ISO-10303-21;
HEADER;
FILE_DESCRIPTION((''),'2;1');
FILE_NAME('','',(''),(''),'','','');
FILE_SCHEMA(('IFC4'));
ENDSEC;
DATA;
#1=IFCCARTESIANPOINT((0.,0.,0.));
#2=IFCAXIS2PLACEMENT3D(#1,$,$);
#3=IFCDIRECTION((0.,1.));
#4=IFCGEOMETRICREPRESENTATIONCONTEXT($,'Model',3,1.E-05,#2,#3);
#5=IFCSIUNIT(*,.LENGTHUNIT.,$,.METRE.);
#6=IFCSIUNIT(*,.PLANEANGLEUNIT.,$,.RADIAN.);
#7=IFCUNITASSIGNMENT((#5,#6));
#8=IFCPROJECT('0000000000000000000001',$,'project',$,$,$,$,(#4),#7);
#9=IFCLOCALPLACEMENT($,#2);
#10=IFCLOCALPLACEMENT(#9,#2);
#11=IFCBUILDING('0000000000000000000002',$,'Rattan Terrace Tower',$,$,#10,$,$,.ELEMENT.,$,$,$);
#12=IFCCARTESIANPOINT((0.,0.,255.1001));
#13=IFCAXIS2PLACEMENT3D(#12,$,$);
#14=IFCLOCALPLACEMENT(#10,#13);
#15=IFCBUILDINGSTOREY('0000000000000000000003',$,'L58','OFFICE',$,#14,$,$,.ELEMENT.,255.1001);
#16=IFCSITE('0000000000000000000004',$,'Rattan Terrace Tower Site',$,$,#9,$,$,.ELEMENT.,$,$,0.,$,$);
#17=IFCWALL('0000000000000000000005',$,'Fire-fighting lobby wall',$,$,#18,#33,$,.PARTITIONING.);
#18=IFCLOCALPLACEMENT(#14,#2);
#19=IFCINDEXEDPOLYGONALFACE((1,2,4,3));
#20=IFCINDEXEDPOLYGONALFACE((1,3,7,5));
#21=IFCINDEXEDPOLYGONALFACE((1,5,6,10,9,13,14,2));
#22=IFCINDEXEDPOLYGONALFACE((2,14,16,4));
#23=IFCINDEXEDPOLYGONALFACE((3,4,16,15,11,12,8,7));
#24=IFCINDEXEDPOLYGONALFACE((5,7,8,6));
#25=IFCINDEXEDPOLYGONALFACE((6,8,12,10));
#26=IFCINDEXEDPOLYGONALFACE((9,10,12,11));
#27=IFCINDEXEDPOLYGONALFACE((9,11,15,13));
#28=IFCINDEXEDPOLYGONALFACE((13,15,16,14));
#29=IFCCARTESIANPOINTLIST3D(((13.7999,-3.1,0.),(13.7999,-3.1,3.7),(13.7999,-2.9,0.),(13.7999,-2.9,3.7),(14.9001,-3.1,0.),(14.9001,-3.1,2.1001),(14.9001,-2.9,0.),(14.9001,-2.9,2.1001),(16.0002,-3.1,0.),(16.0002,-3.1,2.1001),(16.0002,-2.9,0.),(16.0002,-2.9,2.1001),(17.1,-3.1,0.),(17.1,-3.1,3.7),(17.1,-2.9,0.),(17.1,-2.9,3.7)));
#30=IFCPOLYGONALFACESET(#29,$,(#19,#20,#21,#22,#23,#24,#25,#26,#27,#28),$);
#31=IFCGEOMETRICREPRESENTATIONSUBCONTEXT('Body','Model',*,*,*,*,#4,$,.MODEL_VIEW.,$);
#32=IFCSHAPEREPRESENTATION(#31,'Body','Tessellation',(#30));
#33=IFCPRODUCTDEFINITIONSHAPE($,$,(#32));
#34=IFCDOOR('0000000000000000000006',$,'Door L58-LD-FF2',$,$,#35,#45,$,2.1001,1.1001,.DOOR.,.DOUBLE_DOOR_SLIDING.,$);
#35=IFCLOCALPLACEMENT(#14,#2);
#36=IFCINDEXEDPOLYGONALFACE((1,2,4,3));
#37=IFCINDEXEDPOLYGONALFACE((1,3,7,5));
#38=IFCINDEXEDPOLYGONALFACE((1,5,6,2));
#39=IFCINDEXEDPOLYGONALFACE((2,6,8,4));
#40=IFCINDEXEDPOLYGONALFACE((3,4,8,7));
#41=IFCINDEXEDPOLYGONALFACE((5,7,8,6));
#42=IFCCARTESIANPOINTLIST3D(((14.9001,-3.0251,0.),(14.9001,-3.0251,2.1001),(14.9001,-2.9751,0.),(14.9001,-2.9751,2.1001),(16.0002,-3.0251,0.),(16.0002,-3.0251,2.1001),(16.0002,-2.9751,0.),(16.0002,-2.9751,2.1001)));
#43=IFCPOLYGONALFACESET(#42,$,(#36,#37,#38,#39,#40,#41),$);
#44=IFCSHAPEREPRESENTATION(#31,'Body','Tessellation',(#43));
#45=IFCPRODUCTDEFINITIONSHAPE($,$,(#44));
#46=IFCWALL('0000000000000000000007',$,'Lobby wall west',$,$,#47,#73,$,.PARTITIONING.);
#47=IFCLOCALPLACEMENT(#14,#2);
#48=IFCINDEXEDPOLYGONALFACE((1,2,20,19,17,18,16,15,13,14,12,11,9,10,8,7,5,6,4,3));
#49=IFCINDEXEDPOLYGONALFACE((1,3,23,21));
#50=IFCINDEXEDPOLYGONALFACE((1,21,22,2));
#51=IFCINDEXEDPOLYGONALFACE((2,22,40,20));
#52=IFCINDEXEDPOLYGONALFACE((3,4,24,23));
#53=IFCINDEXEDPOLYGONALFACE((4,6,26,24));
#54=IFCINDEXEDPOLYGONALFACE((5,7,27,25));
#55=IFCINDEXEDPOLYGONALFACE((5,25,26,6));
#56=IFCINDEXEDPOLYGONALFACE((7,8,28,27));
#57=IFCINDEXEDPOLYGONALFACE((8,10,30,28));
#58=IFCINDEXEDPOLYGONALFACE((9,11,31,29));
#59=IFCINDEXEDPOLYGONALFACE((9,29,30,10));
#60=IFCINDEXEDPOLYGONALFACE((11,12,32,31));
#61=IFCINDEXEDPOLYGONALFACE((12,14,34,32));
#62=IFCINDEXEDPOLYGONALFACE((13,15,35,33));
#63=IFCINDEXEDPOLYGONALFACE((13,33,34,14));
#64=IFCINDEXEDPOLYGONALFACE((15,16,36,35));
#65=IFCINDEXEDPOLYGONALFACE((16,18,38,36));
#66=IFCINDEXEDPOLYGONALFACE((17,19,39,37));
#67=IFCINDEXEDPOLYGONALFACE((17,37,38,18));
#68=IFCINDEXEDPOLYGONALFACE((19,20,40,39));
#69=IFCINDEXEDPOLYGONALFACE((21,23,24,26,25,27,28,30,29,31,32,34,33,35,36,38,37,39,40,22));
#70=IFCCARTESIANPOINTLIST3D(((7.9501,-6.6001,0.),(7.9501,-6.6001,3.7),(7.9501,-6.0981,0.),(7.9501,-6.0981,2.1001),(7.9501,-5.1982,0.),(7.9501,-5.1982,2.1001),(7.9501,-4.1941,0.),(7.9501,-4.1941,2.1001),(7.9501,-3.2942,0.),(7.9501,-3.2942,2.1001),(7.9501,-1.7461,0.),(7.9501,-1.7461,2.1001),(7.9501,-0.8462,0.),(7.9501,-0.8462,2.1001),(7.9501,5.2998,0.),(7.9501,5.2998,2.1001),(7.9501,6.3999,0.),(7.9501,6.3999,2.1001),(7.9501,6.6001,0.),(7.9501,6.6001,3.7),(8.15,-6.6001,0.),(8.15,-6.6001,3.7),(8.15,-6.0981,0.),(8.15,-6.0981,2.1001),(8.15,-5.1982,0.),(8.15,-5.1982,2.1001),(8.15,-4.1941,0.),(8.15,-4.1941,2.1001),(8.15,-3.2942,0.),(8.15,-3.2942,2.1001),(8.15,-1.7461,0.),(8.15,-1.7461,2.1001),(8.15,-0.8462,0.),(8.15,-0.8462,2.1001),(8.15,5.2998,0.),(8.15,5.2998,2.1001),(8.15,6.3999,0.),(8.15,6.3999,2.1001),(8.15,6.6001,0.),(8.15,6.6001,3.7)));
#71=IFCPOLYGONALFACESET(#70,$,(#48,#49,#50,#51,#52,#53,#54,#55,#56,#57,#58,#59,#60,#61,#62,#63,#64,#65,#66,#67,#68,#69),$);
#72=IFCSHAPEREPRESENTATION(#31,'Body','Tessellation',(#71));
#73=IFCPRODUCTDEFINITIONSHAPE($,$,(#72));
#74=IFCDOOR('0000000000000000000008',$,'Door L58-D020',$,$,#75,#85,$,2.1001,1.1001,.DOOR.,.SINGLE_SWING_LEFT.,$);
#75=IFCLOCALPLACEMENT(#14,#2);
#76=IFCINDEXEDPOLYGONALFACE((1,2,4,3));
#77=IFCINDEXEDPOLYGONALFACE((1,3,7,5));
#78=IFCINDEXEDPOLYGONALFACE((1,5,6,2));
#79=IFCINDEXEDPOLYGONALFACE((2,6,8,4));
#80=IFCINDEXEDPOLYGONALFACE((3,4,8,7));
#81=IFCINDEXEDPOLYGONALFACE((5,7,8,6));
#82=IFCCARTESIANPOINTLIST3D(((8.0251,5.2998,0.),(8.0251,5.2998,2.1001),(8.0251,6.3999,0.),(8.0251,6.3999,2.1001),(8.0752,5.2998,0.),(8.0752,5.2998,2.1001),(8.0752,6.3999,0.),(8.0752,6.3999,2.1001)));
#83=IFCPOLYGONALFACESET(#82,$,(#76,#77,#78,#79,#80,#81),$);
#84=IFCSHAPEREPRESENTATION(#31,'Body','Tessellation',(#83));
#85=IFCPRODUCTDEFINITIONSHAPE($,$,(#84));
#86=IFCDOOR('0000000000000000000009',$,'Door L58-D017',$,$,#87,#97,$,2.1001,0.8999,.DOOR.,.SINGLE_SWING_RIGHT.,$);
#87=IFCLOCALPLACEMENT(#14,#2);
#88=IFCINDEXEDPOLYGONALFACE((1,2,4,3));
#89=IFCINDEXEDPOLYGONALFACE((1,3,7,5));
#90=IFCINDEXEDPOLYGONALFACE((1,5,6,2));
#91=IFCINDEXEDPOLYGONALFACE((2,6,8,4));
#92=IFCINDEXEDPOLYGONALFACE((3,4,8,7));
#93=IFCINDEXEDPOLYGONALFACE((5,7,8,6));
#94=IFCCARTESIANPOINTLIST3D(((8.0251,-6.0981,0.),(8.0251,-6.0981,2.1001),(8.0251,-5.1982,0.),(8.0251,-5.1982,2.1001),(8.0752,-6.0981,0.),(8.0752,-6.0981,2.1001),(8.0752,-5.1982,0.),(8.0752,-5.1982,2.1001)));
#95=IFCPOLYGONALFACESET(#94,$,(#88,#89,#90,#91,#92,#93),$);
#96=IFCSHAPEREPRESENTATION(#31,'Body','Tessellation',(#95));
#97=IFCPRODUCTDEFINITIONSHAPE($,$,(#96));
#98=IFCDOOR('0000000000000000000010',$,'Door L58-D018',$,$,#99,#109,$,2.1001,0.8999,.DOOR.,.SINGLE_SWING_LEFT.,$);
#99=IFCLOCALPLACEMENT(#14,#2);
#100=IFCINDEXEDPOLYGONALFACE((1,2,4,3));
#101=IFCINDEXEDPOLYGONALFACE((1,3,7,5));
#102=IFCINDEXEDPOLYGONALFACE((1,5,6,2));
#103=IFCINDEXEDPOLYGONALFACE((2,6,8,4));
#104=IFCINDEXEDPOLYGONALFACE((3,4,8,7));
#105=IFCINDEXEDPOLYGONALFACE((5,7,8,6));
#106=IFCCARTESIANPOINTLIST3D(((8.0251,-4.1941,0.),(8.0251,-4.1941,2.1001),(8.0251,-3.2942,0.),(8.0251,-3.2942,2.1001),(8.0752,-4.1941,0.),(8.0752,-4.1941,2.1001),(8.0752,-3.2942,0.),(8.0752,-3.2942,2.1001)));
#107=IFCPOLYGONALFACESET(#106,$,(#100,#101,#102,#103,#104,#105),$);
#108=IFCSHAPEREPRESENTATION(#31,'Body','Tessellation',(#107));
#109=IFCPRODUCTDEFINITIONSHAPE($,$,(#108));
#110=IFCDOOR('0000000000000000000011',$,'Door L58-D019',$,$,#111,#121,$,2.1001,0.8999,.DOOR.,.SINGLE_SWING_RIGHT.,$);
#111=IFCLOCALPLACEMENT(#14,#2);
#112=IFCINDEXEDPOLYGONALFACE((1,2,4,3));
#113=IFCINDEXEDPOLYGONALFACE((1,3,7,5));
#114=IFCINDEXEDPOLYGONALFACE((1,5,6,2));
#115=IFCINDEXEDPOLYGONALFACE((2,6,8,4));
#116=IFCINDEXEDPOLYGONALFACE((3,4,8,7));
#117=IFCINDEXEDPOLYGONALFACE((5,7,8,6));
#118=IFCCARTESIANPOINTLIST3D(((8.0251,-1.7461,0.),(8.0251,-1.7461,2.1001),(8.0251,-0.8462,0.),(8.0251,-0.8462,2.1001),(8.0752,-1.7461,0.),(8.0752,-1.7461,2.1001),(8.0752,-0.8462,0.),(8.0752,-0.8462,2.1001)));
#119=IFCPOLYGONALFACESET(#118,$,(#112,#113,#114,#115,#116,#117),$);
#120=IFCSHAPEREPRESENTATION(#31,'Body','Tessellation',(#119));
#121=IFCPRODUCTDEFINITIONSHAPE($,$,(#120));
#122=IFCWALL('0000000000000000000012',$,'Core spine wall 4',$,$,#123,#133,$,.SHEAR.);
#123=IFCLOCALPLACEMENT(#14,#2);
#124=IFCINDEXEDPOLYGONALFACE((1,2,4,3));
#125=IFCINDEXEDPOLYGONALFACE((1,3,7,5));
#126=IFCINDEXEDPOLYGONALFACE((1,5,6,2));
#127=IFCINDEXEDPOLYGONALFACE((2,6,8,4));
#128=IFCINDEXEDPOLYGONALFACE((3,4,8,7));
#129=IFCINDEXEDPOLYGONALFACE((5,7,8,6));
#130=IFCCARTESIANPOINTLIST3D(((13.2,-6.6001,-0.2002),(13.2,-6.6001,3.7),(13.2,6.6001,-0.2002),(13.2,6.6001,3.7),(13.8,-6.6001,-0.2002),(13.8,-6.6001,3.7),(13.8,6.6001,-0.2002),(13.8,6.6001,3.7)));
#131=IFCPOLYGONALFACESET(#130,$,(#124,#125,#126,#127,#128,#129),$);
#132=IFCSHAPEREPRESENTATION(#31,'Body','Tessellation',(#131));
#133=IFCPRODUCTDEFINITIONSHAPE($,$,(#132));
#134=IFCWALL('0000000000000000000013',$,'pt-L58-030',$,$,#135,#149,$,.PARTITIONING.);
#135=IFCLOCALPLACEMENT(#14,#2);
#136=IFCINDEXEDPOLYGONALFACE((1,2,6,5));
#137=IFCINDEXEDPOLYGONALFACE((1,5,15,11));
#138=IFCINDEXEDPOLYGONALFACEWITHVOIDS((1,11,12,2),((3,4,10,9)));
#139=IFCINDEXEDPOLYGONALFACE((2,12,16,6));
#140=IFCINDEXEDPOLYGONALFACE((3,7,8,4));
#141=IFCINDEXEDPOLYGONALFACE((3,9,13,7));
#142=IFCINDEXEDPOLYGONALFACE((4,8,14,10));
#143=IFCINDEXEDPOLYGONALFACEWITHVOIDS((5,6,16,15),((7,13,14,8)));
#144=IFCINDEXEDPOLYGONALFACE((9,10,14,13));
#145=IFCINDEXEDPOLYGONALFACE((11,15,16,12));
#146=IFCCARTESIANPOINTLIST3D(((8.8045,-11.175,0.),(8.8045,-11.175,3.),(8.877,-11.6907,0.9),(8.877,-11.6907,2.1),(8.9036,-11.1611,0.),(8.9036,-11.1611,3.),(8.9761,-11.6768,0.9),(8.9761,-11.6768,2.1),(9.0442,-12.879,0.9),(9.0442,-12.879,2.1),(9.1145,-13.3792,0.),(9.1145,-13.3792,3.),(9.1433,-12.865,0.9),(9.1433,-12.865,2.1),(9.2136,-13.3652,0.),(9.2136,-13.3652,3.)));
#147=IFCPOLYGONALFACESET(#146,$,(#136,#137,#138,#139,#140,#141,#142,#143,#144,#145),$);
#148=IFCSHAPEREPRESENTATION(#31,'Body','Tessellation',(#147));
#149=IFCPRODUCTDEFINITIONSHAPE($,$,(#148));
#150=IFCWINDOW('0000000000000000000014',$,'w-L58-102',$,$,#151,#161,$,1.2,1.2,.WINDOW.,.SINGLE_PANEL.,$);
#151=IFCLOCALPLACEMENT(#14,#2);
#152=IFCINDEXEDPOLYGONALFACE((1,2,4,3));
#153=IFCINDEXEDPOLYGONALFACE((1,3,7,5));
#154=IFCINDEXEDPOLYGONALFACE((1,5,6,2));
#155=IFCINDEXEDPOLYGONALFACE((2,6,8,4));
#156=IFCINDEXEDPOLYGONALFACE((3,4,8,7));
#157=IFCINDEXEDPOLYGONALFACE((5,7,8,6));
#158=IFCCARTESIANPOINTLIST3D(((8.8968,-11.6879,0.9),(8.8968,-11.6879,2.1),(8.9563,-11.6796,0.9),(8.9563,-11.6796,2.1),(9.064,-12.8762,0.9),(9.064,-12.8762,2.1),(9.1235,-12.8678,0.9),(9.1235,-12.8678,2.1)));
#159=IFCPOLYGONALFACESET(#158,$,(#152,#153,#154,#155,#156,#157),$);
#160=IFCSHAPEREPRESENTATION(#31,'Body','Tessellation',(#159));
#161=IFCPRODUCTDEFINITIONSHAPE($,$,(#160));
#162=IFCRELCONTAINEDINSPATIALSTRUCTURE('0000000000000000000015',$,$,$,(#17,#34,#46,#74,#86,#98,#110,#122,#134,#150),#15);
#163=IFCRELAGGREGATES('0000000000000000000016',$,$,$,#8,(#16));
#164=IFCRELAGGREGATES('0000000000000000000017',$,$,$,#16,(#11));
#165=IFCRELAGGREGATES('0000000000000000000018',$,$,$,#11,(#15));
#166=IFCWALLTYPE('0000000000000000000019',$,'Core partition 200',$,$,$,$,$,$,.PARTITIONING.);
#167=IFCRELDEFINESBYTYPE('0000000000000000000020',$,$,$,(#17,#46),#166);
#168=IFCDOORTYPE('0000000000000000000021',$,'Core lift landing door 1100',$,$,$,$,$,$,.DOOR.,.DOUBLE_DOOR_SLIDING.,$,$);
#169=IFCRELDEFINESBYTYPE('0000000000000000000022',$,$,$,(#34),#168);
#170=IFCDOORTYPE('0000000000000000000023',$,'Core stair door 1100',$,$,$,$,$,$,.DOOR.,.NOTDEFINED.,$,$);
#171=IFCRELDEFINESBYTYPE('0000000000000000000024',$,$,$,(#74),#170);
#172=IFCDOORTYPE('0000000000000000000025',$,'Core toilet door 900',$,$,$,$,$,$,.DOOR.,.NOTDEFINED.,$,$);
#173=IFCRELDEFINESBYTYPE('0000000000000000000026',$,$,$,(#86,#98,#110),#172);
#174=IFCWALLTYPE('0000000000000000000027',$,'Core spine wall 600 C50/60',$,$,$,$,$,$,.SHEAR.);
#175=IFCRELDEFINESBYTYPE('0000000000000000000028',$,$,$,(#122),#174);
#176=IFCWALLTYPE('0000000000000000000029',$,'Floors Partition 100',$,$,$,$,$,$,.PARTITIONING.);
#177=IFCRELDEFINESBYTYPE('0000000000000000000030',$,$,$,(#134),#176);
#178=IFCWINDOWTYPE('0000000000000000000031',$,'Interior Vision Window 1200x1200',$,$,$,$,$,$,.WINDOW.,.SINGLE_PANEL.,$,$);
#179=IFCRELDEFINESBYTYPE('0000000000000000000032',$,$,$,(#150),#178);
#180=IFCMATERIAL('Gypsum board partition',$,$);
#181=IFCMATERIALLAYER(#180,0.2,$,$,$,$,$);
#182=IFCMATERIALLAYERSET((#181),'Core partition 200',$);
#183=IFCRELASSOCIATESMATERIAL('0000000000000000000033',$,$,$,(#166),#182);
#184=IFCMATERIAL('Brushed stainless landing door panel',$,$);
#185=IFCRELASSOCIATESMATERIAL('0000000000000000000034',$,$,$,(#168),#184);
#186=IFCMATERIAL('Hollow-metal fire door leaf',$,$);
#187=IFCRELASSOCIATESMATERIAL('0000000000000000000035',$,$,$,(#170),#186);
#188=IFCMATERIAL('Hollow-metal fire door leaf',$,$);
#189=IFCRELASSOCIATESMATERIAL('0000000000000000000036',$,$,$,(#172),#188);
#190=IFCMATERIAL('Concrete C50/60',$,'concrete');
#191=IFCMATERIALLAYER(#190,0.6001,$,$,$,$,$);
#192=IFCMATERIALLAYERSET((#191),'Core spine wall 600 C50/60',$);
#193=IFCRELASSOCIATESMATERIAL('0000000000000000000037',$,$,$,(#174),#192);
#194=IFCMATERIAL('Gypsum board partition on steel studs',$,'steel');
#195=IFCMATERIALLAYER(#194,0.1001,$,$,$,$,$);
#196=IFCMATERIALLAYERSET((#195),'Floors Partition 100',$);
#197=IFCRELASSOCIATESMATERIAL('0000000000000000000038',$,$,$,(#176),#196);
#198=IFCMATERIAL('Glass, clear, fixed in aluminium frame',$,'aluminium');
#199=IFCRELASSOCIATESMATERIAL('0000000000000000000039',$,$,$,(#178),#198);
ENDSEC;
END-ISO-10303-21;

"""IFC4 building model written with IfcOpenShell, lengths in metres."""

from ifc_helpers import new_model, si_unit, direction, frame, frame_2d, origin, place, context, subcontext, project, spatial, rectangle, extrude, material, layer, layer_set, type_object, element, fill, save


model = new_model("IFC4")

# Units and contexts
model_context = context("Model", 3, precision=1e-05, world=origin(), true_north=direction((0.0, 1.0)))
body_context = subcontext(model_context, "Body", "Model", "MODEL_VIEW")
ifc_project = project(units=[si_unit("LENGTHUNIT", "METRE"), si_unit("PLANEANGLEUNIT", "RADIAN")], contexts=[model_context])

# Site, building, storey
site_placement = place(None, origin())
site = spatial("IfcSite", under=ifc_project, at=site_placement, Name="Rattan Terrace Tower Site", CompositionType="ELEMENT", RefElevation=0.0)
building_placement = place(site_placement, origin())
building = spatial("IfcBuilding", under=site, at=building_placement, Name="Rattan Terrace Tower", CompositionType="ELEMENT")
storey_placement = place(building_placement, frame((0.0, 0.0, 255.1001)))
storey = spatial("IfcBuildingStorey", under=building, at=storey_placement, Name="L58", Description="OFFICE", CompositionType="ELEMENT", Elevation=255.1001)

# Wall, opening, door
ifc_material_1 = material(Name="Gypsum board partition")
ifc_layer_1 = layer(ifc_material_1, 0.2)
ifc_layer_set_1 = layer_set([ifc_layer_1], Name="Core partition 200")
wall_type_1 = type_object("IfcWallType", Name="Core partition 200", PredefinedType="PARTITIONING", material=ifc_layer_set_1)
wall_1_placement = place(storey_placement, frame((13.8, -3.0, 0.0), z_axis=(0.0, 0.0, 1.0), x_axis=(1.0, 0.0, 0.0)))
wall_1 = element("IfcWall", 1, at=wall_1_placement, inside=storey, type_object=wall_type_1, Name="Fire-fighting lobby wall", PredefinedType="PARTITIONING", context=body_context, shape_type="SweptSolid", body=[
    extrude(rectangle(XDim=3.3, YDim=0.2, at=frame_2d((1.6499, 0.0))), origin(), (0.0, 0.0, 1.0), 3.7),
])
opening_1_placement = place(wall_1_placement, frame((1.1001, 0.0, 0.0)))
opening_1 = element("IfcOpeningElement", 2, at=opening_1_placement, cuts=wall_1, PredefinedType="OPENING", context=body_context, shape_type="SweptSolid", body=[
    extrude(rectangle(XDim=1.1001, YDim=2.1001, at=frame_2d((0.55, 1.05))), frame((0.0, 0.1106, 0.0), z_axis=(0.0, -1.0, 0.0), x_axis=(1.0, 0.0, 0.0)), (0.0, 0.0, 1.0), 0.2209),
])
ifc_material_2 = material(Name="Brushed stainless landing door panel")
door_type_1 = type_object("IfcDoorType", Name="Core lift landing door 1100", OperationType="DOUBLE_DOOR_SLIDING", PredefinedType="DOOR", material=ifc_material_2)
door_1_placement = place(opening_1_placement, origin())
door_1 = element("IfcDoor", 3, at=door_1_placement, inside=storey, type_object=door_type_1, Name="Door L58-LD-FF2", OperationType="DOUBLE_DOOR_SLIDING", OverallHeight=2.1001, OverallWidth=1.1001, PredefinedType="DOOR", context=body_context, shape_type="SweptSolid", body=[
    extrude(rectangle(XDim=1.1001, YDim=2.1001, at=frame_2d((0.55, 1.05))), frame((0.0, 0.0249, 0.0), z_axis=(0.0, -1.0, 0.0), x_axis=(1.0, 0.0, 0.0)), (0.0, 0.0, 1.0), 0.05),
])
fill(opening_1, door_1)

# Wall, openings, doors
wall_2_placement = place(storey_placement, frame((8.05, -6.6001, 0.0), z_axis=(0.0, 0.0, 1.0), x_axis=(0.0, 1.0, 0.0)))
wall_2 = element("IfcWall", 4, at=wall_2_placement, inside=storey, type_object=wall_type_1, Name="Lobby wall west", PredefinedType="PARTITIONING", context=body_context, shape_type="SweptSolid", body=[
    extrude(rectangle(XDim=13.2002, YDim=0.2, at=frame_2d((6.6001, 0.0))), origin(), (0.0, 0.0, 1.0), 3.7),
])
opening_2_placement = place(wall_2_placement, frame((0.502, 0.0, 0.0)))
opening_2 = element("IfcOpeningElement", 5, at=opening_2_placement, cuts=wall_2, PredefinedType="OPENING", context=body_context, shape_type="SweptSolid", body=[
    extrude(rectangle(XDim=0.8999, YDim=2.1001, at=frame_2d((0.45, 1.05))), frame((0.0, 0.1106, 0.0), z_axis=(0.0, -1.0, 0.0), x_axis=(1.0, 0.0, 0.0)), (0.0, 0.0, 1.0), 0.2209),
])
opening_3_placement = place(wall_2_placement, frame((2.406, 0.0, 0.0)))
opening_3 = element("IfcOpeningElement", 6, at=opening_3_placement, cuts=wall_2, PredefinedType="OPENING", context=body_context, shape_type="SweptSolid", body=[
    extrude(rectangle(XDim=0.8999, YDim=2.1001, at=frame_2d((0.45, 1.05))), frame((0.0, 0.1106, 0.0), z_axis=(0.0, -1.0, 0.0), x_axis=(1.0, 0.0, 0.0)), (0.0, 0.0, 1.0), 0.2209),
])
opening_4_placement = place(wall_2_placement, frame((4.854, 0.0, 0.0)))
opening_4 = element("IfcOpeningElement", 7, at=opening_4_placement, cuts=wall_2, PredefinedType="OPENING", context=body_context, shape_type="SweptSolid", body=[
    extrude(rectangle(XDim=0.8999, YDim=2.1001, at=frame_2d((0.45, 1.05))), frame((0.0, 0.1106, 0.0), z_axis=(0.0, -1.0, 0.0), x_axis=(1.0, 0.0, 0.0)), (0.0, 0.0, 1.0), 0.2209),
])
opening_5_placement = place(wall_2_placement, frame((11.8999, 0.0, 0.0)))
opening_5 = element("IfcOpeningElement", 8, at=opening_5_placement, cuts=wall_2, PredefinedType="OPENING", context=body_context, shape_type="SweptSolid", body=[
    extrude(rectangle(XDim=1.1001, YDim=2.1001, at=frame_2d((0.55, 1.05))), frame((0.0, 0.1106, 0.0), z_axis=(0.0, -1.0, 0.0), x_axis=(1.0, 0.0, 0.0)), (0.0, 0.0, 1.0), 0.2209),
])
ifc_material_3 = material(Name="Hollow-metal fire door leaf")
door_type_2 = type_object("IfcDoorType", Name="Core stair door 1100", OperationType="NOTDEFINED", PredefinedType="DOOR", material=ifc_material_3)
door_2_placement = place(opening_5_placement, origin())
door_2 = element("IfcDoor", 9, at=door_2_placement, inside=storey, type_object=door_type_2, Name="Door L58-D020", OperationType="SINGLE_SWING_LEFT", OverallHeight=2.1001, OverallWidth=1.1001, PredefinedType="DOOR", context=body_context, shape_type="SweptSolid", body=[
    extrude(rectangle(XDim=1.1001, YDim=2.1001, at=frame_2d((0.55, 1.05))), frame((0.0, 0.0249, 0.0), z_axis=(0.0, -1.0, 0.0), x_axis=(1.0, 0.0, 0.0)), (0.0, 0.0, 1.0), 0.05),
])
fill(opening_5, door_2)
ifc_material_4 = material(Name="Hollow-metal fire door leaf")
door_type_3 = type_object("IfcDoorType", Name="Core toilet door 900", OperationType="NOTDEFINED", PredefinedType="DOOR", material=ifc_material_4)
door_3_placement = place(opening_2_placement, origin())
door_3 = element("IfcDoor", 10, at=door_3_placement, inside=storey, type_object=door_type_3, Name="Door L58-D017", OperationType="SINGLE_SWING_RIGHT", OverallHeight=2.1001, OverallWidth=0.8999, PredefinedType="DOOR", context=body_context, shape_type="SweptSolid", body=[
    extrude(rectangle(XDim=0.8999, YDim=2.1001, at=frame_2d((0.45, 1.05))), frame((0.0, 0.0249, 0.0), z_axis=(0.0, -1.0, 0.0), x_axis=(1.0, 0.0, 0.0)), (0.0, 0.0, 1.0), 0.05),
])
fill(opening_2, door_3)
door_4_placement = place(opening_3_placement, origin())
door_4 = element("IfcDoor", 11, at=door_4_placement, inside=storey, type_object=door_type_3, Name="Door L58-D018", OperationType="SINGLE_SWING_LEFT", OverallHeight=2.1001, OverallWidth=0.8999, PredefinedType="DOOR", context=body_context, shape_type="SweptSolid", body=[
    extrude(rectangle(XDim=0.8999, YDim=2.1001, at=frame_2d((0.45, 1.05))), frame((0.0, 0.0249, 0.0), z_axis=(0.0, -1.0, 0.0), x_axis=(1.0, 0.0, 0.0)), (0.0, 0.0, 1.0), 0.05),
])
fill(opening_3, door_4)
door_5_placement = place(opening_4_placement, origin())
door_5 = element("IfcDoor", 12, at=door_5_placement, inside=storey, type_object=door_type_3, Name="Door L58-D019", OperationType="SINGLE_SWING_RIGHT", OverallHeight=2.1001, OverallWidth=0.8999, PredefinedType="DOOR", context=body_context, shape_type="SweptSolid", body=[
    extrude(rectangle(XDim=0.8999, YDim=2.1001, at=frame_2d((0.45, 1.05))), frame((0.0, 0.0249, 0.0), z_axis=(0.0, -1.0, 0.0), x_axis=(1.0, 0.0, 0.0)), (0.0, 0.0, 1.0), 0.05),
])
fill(opening_4, door_5)

# Wall
ifc_material_5 = material(Name="Concrete C50/60", Category="concrete")
ifc_layer_2 = layer(ifc_material_5, 0.6001)
ifc_layer_set_2 = layer_set([ifc_layer_2], Name="Core spine wall 600 C50/60")
wall_type_2 = type_object("IfcWallType", Name="Core spine wall 600 C50/60", PredefinedType="SHEAR", material=ifc_layer_set_2)
wall_3_placement = place(storey_placement, frame((13.5, -6.6001, -0.2002), z_axis=(0.0, 0.0, 1.0), x_axis=(0.0, 1.0, 0.0)))
element("IfcWall", 13, at=wall_3_placement, inside=storey, type_object=wall_type_2, Name="Core spine wall 4", PredefinedType="SHEAR", context=body_context, shape_type="SweptSolid", body=[
    extrude(rectangle(XDim=13.2002, YDim=0.6001, at=frame_2d((6.6001, 0.0))), origin(), (0.0, 0.0, 1.0), 3.9001),
])

# Wall, opening, window
ifc_material_6 = material(Name="Gypsum board partition on steel studs", Category="steel")
ifc_layer_3 = layer(ifc_material_6, 0.1001)
ifc_layer_set_3 = layer_set([ifc_layer_3], Name="Floors Partition 100")
wall_type_3 = type_object("IfcWallType", Name="Floors Partition 100", PredefinedType="PARTITIONING", material=ifc_layer_set_3)
wall_4_placement = place(storey_placement, frame((9.1641, -13.3721, 0.0), z_axis=(0.0, 0.0, 1.0), x_axis=(-0.139302, 0.99025, 0.0)))
wall_4 = element("IfcWall", 14, at=wall_4_placement, inside=storey, type_object=wall_type_3, Name="pt-L58-030", PredefinedType="PARTITIONING", context=body_context, shape_type="SweptSolid", body=[
    extrude(rectangle(XDim=2.2258, YDim=0.1001, at=frame_2d((1.1128, 0.0))), origin(), (0.0, 0.0, 1.0), 3.0),
])
opening_6_placement = place(wall_4_placement, frame((0.5049, 0.0, 0.8999)))
opening_6 = element("IfcOpeningElement", 15, at=opening_6_placement, cuts=wall_4, PredefinedType="OPENING", context=body_context, shape_type="SweptSolid", body=[
    extrude(rectangle(XDim=1.2, YDim=1.2, at=frame_2d((0.6001, 0.6001))), frame((0.0, 0.0605, 0.0), z_axis=(0.0, -1.0, 0.0), x_axis=(1.0, 0.0, 0.0)), (0.0, 0.0, 1.0), 0.1211),
])
ifc_material_7 = material(Name="Glass, clear, fixed in aluminium frame", Category="aluminium")
window_type = type_object("IfcWindowType", Name="Interior Vision Window 1200x1200", PartitioningType="SINGLE_PANEL", PredefinedType="WINDOW", material=ifc_material_7)
window_placement = place(opening_6_placement, origin())
window = element("IfcWindow", 16, at=window_placement, inside=storey, type_object=window_type, Name="w-L58-102", OverallHeight=1.2, OverallWidth=1.2, PartitioningType="SINGLE_PANEL", PredefinedType="WINDOW", context=body_context, shape_type="SweptSolid", body=[
    extrude(rectangle(XDim=1.2, YDim=1.2, at=frame_2d((0.6001, 0.6001))), frame((0.0, 0.03, 0.0), z_axis=(0.0, -1.0, 0.0), x_axis=(1.0, 0.0, 0.0)), (0.0, 0.0, 1.0), 0.0601),
])
fill(opening_6, window)

save(model, "model.ifc")
